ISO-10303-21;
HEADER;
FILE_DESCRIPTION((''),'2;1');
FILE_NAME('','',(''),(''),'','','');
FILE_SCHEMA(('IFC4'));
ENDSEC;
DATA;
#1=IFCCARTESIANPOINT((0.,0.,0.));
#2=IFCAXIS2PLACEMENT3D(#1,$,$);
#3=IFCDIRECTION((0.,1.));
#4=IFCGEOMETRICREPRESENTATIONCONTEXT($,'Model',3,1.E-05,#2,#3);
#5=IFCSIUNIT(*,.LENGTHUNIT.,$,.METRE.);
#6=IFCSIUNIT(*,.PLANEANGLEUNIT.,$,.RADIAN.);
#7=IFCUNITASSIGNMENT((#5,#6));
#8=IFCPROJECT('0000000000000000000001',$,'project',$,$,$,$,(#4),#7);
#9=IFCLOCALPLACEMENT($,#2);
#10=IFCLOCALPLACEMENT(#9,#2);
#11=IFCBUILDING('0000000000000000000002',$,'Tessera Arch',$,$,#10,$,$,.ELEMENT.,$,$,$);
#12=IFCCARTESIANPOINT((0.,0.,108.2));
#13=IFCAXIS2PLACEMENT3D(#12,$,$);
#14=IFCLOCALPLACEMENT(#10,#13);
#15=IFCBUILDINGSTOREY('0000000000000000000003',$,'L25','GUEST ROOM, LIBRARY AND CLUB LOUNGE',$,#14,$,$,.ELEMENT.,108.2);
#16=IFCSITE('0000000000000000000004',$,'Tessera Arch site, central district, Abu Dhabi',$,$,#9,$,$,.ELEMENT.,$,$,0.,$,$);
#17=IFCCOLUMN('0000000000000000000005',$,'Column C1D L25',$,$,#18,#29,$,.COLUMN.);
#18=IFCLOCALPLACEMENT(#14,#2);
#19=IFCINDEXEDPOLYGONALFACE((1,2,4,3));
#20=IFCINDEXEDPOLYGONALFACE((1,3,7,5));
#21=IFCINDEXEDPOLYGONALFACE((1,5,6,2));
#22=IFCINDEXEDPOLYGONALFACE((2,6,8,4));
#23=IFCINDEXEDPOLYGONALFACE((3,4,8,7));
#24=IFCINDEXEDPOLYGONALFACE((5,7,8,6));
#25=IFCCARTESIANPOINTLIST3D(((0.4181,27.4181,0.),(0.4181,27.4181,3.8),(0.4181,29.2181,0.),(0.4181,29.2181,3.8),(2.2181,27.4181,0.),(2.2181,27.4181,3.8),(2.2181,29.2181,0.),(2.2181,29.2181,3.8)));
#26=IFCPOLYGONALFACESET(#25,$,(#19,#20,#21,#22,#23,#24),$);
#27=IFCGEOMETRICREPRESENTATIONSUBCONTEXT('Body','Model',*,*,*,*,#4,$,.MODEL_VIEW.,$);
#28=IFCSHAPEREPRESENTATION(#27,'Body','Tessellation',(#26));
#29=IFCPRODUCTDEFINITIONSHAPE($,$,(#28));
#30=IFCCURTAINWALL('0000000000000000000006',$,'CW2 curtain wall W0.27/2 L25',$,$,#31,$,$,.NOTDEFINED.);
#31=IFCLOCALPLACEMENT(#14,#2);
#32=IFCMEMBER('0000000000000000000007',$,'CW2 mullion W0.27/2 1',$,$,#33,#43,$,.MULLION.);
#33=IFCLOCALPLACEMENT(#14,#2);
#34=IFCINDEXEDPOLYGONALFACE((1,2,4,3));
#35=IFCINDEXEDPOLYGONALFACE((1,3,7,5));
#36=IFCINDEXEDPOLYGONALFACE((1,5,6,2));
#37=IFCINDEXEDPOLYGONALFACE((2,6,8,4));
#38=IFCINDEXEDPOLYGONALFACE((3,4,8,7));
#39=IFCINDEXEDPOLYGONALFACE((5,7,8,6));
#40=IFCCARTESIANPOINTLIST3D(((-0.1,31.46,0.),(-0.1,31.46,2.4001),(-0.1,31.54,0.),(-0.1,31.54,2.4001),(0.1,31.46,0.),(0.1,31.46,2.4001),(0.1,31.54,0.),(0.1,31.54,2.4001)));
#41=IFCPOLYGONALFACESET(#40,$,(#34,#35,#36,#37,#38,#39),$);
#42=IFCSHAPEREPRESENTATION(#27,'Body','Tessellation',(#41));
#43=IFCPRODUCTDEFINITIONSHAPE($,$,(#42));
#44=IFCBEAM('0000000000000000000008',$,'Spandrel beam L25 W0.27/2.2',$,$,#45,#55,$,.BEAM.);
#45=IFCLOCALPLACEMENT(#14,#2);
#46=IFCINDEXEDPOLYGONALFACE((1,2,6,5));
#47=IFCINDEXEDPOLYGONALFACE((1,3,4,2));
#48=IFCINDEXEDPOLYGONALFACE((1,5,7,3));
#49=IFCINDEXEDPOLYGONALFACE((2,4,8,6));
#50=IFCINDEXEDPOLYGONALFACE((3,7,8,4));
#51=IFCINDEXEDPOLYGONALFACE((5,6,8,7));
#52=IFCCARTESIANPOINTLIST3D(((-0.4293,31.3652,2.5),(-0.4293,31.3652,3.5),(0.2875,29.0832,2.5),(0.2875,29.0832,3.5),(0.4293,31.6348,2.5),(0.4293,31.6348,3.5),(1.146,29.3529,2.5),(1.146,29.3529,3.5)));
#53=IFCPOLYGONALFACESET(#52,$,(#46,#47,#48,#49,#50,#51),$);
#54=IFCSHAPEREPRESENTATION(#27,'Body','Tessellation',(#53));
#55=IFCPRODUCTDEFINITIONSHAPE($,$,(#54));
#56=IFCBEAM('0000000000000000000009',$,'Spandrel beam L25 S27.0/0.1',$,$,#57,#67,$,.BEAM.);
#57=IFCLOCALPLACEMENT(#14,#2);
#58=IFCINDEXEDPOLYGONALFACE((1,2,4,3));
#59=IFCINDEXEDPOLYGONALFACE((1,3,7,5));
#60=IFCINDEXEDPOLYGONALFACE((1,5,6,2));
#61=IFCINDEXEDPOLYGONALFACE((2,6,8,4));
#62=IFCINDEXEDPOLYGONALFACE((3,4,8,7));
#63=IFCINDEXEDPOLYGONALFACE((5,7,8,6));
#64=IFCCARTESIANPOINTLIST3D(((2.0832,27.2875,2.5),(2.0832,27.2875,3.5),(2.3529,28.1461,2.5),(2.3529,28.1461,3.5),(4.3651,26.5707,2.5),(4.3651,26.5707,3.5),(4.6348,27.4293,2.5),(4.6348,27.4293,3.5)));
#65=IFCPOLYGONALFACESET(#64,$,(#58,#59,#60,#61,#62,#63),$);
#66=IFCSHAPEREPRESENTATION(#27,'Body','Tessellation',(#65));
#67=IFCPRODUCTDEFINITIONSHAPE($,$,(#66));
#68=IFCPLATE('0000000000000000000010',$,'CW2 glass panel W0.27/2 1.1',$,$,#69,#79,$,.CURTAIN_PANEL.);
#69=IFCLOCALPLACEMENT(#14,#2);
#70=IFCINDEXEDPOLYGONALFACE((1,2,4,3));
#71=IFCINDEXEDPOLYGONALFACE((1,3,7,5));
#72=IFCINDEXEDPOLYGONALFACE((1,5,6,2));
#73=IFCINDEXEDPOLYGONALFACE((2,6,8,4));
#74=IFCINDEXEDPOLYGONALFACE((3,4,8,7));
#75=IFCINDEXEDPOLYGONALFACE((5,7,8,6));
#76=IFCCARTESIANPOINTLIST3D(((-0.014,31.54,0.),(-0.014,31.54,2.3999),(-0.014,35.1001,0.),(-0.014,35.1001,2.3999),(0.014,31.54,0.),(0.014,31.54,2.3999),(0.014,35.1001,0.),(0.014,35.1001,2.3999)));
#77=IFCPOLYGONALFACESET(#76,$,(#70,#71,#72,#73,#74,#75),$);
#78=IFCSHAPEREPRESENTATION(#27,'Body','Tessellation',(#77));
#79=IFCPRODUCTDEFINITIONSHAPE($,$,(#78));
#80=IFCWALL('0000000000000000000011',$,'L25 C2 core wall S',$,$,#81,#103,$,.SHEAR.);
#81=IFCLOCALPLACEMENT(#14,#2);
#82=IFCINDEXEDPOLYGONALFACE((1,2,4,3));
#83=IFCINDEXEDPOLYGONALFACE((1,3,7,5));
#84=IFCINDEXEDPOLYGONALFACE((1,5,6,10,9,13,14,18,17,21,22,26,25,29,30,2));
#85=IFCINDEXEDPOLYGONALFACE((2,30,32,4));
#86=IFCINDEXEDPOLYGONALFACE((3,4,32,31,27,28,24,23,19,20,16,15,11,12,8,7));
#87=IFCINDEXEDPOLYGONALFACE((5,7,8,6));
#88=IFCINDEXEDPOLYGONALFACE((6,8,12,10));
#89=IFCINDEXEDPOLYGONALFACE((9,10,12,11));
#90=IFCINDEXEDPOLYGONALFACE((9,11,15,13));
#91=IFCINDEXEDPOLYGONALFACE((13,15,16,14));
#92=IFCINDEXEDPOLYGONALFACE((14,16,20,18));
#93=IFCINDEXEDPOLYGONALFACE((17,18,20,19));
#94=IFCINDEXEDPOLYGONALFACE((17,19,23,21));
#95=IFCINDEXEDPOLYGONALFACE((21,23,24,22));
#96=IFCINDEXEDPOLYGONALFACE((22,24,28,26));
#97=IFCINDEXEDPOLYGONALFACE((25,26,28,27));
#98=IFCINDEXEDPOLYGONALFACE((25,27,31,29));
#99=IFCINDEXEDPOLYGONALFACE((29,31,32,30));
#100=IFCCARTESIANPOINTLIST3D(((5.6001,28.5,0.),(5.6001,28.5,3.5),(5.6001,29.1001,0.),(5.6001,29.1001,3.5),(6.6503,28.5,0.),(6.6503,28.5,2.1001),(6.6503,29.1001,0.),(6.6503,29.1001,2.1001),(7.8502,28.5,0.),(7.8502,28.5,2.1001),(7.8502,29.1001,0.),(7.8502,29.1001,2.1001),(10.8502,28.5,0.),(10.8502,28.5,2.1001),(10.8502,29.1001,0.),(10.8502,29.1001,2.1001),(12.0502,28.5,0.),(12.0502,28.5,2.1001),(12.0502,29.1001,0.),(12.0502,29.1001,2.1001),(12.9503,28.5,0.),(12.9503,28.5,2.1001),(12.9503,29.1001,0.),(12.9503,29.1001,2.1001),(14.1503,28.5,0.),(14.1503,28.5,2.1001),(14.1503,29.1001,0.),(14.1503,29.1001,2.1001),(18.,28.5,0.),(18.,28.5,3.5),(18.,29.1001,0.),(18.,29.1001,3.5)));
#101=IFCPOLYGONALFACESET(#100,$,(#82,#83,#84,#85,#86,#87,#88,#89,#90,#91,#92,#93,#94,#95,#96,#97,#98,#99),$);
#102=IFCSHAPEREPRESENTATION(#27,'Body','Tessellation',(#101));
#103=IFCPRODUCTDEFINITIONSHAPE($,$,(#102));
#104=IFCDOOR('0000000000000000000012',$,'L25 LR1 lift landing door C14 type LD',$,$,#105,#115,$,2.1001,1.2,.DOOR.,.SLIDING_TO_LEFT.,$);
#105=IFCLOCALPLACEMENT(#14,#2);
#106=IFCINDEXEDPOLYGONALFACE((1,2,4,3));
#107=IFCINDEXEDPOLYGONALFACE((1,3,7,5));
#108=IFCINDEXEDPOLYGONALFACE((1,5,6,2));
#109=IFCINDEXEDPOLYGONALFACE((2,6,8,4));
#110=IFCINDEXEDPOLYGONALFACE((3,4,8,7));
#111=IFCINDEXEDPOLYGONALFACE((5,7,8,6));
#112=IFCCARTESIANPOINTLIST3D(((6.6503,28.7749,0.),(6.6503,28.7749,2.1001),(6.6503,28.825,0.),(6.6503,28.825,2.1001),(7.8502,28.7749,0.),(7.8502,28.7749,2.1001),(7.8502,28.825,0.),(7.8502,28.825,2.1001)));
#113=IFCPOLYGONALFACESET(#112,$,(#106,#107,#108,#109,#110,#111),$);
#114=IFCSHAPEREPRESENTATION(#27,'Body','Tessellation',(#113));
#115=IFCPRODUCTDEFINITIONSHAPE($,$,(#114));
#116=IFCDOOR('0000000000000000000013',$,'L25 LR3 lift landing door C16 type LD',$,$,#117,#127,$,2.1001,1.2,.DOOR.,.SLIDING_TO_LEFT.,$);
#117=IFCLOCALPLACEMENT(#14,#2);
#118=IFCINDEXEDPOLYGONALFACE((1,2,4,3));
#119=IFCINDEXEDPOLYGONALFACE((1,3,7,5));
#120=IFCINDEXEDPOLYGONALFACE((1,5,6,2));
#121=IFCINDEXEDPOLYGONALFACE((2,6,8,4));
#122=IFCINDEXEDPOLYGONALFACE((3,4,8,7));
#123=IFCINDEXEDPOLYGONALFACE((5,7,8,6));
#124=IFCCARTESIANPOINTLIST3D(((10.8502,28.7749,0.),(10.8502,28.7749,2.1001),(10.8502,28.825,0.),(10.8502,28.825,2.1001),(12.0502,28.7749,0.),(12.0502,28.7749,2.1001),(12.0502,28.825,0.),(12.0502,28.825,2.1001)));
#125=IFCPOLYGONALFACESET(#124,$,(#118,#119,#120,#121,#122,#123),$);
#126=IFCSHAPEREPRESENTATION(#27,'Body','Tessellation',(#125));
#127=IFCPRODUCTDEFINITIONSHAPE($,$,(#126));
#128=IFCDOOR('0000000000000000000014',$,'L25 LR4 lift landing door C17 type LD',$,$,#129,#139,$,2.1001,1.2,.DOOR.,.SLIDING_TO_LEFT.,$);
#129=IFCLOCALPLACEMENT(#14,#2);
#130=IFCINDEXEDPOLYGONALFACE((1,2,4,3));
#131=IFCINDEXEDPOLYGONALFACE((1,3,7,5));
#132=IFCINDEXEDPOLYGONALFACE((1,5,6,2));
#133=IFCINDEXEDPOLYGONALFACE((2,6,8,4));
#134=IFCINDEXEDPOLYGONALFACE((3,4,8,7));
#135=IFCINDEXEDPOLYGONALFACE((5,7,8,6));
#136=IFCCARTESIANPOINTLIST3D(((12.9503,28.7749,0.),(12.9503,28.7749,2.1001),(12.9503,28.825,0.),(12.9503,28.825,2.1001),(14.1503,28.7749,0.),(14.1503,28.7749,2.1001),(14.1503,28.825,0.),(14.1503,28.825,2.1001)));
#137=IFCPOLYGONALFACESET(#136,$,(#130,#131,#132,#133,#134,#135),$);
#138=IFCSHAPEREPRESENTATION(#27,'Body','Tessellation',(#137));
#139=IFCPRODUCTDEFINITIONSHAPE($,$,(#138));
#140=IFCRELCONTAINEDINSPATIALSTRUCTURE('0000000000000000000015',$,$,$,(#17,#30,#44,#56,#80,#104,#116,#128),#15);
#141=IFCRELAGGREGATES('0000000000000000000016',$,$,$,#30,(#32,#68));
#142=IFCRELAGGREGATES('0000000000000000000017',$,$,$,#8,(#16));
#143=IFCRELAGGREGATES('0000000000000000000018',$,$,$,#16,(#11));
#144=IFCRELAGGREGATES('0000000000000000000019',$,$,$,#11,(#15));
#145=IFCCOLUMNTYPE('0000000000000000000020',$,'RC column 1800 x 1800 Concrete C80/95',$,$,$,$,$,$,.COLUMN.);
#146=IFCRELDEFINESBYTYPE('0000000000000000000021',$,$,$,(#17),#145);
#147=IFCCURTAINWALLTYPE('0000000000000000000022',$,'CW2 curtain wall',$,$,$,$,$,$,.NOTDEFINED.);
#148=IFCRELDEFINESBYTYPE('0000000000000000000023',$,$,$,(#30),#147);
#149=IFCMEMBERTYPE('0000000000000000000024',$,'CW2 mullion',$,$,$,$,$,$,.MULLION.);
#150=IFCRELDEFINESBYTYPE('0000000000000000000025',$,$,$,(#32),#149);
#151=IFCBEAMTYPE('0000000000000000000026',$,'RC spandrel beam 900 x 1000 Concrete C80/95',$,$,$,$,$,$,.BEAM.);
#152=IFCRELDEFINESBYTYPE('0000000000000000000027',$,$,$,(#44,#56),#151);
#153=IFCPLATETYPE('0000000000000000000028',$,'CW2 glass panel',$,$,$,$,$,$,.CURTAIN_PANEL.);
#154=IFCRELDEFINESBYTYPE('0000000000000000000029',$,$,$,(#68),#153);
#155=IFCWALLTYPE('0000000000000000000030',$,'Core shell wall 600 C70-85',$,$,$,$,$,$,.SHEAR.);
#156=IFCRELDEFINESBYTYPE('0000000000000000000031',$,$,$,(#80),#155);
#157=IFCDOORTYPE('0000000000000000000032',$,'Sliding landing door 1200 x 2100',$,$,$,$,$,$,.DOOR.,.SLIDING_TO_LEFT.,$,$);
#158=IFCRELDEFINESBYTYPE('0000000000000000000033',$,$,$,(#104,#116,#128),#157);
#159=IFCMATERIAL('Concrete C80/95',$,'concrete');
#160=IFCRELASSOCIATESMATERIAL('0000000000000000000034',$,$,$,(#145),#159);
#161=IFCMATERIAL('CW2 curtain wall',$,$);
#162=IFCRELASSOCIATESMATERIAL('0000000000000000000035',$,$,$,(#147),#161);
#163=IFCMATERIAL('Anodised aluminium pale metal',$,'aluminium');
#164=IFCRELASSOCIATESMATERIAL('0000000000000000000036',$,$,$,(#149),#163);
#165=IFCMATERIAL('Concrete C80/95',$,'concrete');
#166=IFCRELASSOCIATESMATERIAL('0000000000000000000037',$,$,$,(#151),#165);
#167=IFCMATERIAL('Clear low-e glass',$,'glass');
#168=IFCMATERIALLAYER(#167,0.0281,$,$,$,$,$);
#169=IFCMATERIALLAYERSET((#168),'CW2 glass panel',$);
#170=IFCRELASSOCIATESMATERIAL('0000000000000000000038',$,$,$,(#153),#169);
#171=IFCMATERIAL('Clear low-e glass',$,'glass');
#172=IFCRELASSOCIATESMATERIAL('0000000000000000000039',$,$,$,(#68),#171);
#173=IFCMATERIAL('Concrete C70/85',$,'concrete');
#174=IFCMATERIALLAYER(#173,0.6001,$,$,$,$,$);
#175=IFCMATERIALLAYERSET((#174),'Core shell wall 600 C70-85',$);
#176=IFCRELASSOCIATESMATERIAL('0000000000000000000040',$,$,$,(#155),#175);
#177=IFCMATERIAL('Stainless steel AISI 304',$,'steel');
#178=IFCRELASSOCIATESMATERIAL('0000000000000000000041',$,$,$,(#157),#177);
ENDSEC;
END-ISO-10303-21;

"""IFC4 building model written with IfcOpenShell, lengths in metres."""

from ifc_helpers import new_model, si_unit, direction, frame, frame_2d, origin, origin_2d, place, context, subcontext, project, spatial, rectangle, extrude, material, layer, layer_set, material_profile, profile_set, type_object, element, fill, aggregate, save


model = new_model("IFC4")

# Units and contexts
model_context = context("Model", 3, precision=1e-05, world=origin(), true_north=direction((0.0, 1.0)))
body_context = subcontext(model_context, "Body", "Model", "MODEL_VIEW")
ifc_project = project(units=[si_unit("LENGTHUNIT", "METRE"), si_unit("PLANEANGLEUNIT", "RADIAN")], contexts=[model_context])

# Site, building, storey
site_placement = place(None, origin())
site = spatial("IfcSite", under=ifc_project, at=site_placement, Name="Tessera Arch site, central district, Abu Dhabi", CompositionType="ELEMENT", RefElevation=0.0)
building_placement = place(site_placement, origin())
building = spatial("IfcBuilding", under=site, at=building_placement, Name="Tessera Arch", CompositionType="ELEMENT")
storey_placement = place(building_placement, frame((0.0, 0.0, 108.2)))
storey = spatial("IfcBuildingStorey", under=building, at=storey_placement, Name="L25", Description="GUEST ROOM, LIBRARY AND CLUB LOUNGE", CompositionType="ELEMENT", Elevation=108.2)

# Column
ifc_material_1 = material(Name="Concrete C80/95", Category="concrete")
ifc_material_profile_1 = material_profile(ifc_material_1, rectangle(XDim=1.8, YDim=1.8, at=origin_2d()), Name="RC column 1800 x 1800 Concrete C80/95")
ifc_profile_set_1 = profile_set([ifc_material_profile_1], Name="Concrete C80/95")
column_type = type_object("IfcColumnType", Name="RC column 1800 x 1800 Concrete C80/95", PredefinedType="COLUMN", material=ifc_profile_set_1)
column_placement = place(storey_placement, frame((1.3181, 28.3181, 0.0), z_axis=(0.0, 0.0, 1.0), x_axis=(1.0, 0.0, 0.0)))
element("IfcColumn", 1, at=column_placement, inside=storey, type_object=column_type, Name="Column C1D L25", PredefinedType="COLUMN", context=body_context, shape_type="SweptSolid", body=[
    extrude(rectangle(XDim=1.8, YDim=1.8, at=origin_2d()), origin(), (0.0, 0.0, 1.0), 3.8),
])

# Curtain wall, member
ifc_material_2 = material(Name="CW2 curtain wall")
curtain_wall_type = type_object("IfcCurtainWallType", Name="CW2 curtain wall", PredefinedType="NOTDEFINED", material=ifc_material_2)
curtain_wall_placement = place(storey_placement, origin())
curtain_wall = element("IfcCurtainWall", 2, at=curtain_wall_placement, inside=storey, type_object=curtain_wall_type, Name="CW2 curtain wall W0.27/2 L25", PredefinedType="NOTDEFINED")
ifc_material_3 = material(Name="Anodised aluminium pale metal", Category="aluminium")
ifc_material_profile_2 = material_profile(ifc_material_3, rectangle(XDim=0.2, YDim=0.0801, at=origin_2d()), Name="AL 80x200")
ifc_profile_set_2 = profile_set([ifc_material_profile_2], Name="Anodised aluminium pale metal")
member_type = type_object("IfcMemberType", Name="CW2 mullion", PredefinedType="MULLION", material=ifc_profile_set_2)
member_placement = place(storey_placement, frame((0.0, 31.5, 0.0), z_axis=(0.0, 0.0, 1.0), x_axis=(1.0, 0.0, 0.0)))
member = element("IfcMember", 3, at=member_placement, type_object=member_type, Name="CW2 mullion W0.27/2 1", PredefinedType="MULLION", context=body_context, shape_type="SweptSolid", body=[
    extrude(rectangle(XDim=0.2, YDim=0.0801, at=origin_2d()), origin(), (0.0, 0.0, 1.0), 2.4001),
])

# Beams
ifc_material_4 = material(Name="Concrete C80/95", Category="concrete")
ifc_material_profile_3 = material_profile(ifc_material_4, rectangle(XDim=0.8999, YDim=1.0, at=origin_2d()), Name="RC spandrel beam 900 x 1000 Concrete C80/95")
ifc_profile_set_3 = profile_set([ifc_material_profile_3], Name="Concrete C80/95")
beam_type = type_object("IfcBeamType", Name="RC spandrel beam 900 x 1000 Concrete C80/95", PredefinedType="BEAM", material=ifc_profile_set_3)
for number, where, z_axis, x_axis, name in (
    (4, (0.0, 31.5, 3.0), (0.299675, -0.954041, 0.0), (0.954041, 0.299675, 0.0), "Spandrel beam L25 W0.27/2.2"),
    (5, (2.218, 27.7168, 3.0), (0.954041, -0.299675, 0.0), (0.299675, 0.954041, 0.0), "Spandrel beam L25 S27.0/0.1"),
):
    element("IfcBeam", number, at=place(storey_placement, frame(where, z_axis=z_axis, x_axis=x_axis)), inside=storey, type_object=beam_type, Name=name, PredefinedType="BEAM", context=body_context, shape_type="SweptSolid", body=[
        extrude(rectangle(XDim=0.8999, YDim=1.0, at=origin_2d()), origin(), (0.0, 0.0, 1.0), 2.3918),
    ])

# Plate
ifc_material_5 = material(Name="Clear low-e glass", Category="glass")
ifc_material_6 = material(Name="Clear low-e glass", Category="glass")
ifc_layer_1 = layer(ifc_material_6, 0.0281)
ifc_layer_set_1 = layer_set([ifc_layer_1], Name="CW2 glass panel")
plate_type = type_object("IfcPlateType", Name="CW2 glass panel", PredefinedType="CURTAIN_PANEL", material=ifc_layer_set_1)
plate_placement = place(storey_placement, frame((0.0, 33.3201, 0.0), z_axis=(0.0, 0.0, 1.0), x_axis=(0.0, -1.0, 0.0)))
plate = element("IfcPlate", 6, at=plate_placement, type_object=plate_type, material=ifc_material_5, Name="CW2 glass panel W0.27/2 1.1", PredefinedType="CURTAIN_PANEL", context=body_context, shape_type="SweptSolid", body=[
    extrude(rectangle(XDim=3.5601, YDim=0.0281, at=origin_2d()), origin(), (0.0, 0.0, 1.0), 2.3999),
])
aggregate(curtain_wall, [member, plate])

# Wall, openings, doors
ifc_material_7 = material(Name="Concrete C70/85", Category="concrete")
ifc_layer_2 = layer(ifc_material_7, 0.6001)
ifc_layer_set_2 = layer_set([ifc_layer_2], Name="Core shell wall 600 C70-85")
wall_type_1 = type_object("IfcWallType", Name="Core shell wall 600 C70-85", PredefinedType="SHEAR", material=ifc_layer_set_2)
wall_1_placement = place(storey_placement, frame((5.6001, 28.8, 0.0), z_axis=(0.0, 0.0, 1.0), x_axis=(1.0, 0.0, 0.0)))
wall_1 = element("IfcWall", 7, at=wall_1_placement, inside=storey, type_object=wall_type_1, Name="L25 C2 core wall S", PredefinedType="SHEAR", context=body_context, shape_type="SweptSolid", body=[
    extrude(rectangle(XDim=12.3999, YDim=0.6001, at=frame_2d((6.2, 0.0))), origin(), (0.0, 0.0, 1.0), 3.5),
])
opening_1_placement = place(wall_1_placement, frame((1.05, 0.0, 0.0)))
opening_1 = element("IfcOpeningElement", 8, at=opening_1_placement, cuts=wall_1, PredefinedType="OPENING", context=body_context, shape_type="SweptSolid", body=[
    extrude(rectangle(XDim=1.2, YDim=2.1001, at=frame_2d((0.6001, 1.05))), frame((0.0, 0.3101, 0.0), z_axis=(0.0, -1.0, 0.0), x_axis=(1.0, 0.0, 0.0)), (0.0, 0.0, 1.0), 0.6201),
])
opening_2_placement = place(wall_1_placement, frame((5.25, 0.0, 0.0)))
opening_2 = element("IfcOpeningElement", 9, at=opening_2_placement, cuts=wall_1, PredefinedType="OPENING", context=body_context, shape_type="SweptSolid", body=[
    extrude(rectangle(XDim=1.2, YDim=2.1001, at=frame_2d((0.6001, 1.05))), frame((0.0, 0.3101, 0.0), z_axis=(0.0, -1.0, 0.0), x_axis=(1.0, 0.0, 0.0)), (0.0, 0.0, 1.0), 0.6201),
])
opening_3_placement = place(wall_1_placement, frame((7.3501, 0.0, 0.0)))
opening_3 = element("IfcOpeningElement", 10, at=opening_3_placement, cuts=wall_1, PredefinedType="OPENING", context=body_context, shape_type="SweptSolid", body=[
    extrude(rectangle(XDim=1.2, YDim=2.1001, at=frame_2d((0.6001, 1.05))), frame((0.0, 0.3101, 0.0), z_axis=(0.0, -1.0, 0.0), x_axis=(1.0, 0.0, 0.0)), (0.0, 0.0, 1.0), 0.6201),
])
ifc_material_8 = material(Name="Stainless steel AISI 304", Category="steel")
door_type_1 = type_object("IfcDoorType", Name="Sliding landing door 1200 x 2100", OperationType="SLIDING_TO_LEFT", PredefinedType="DOOR", material=ifc_material_8)
door_1_placement = place(opening_1_placement, origin())
door_1 = element("IfcDoor", 11, at=door_1_placement, inside=storey, type_object=door_type_1, Name="L25 LR1 lift landing door C14 type LD", OperationType="SLIDING_TO_LEFT", OverallHeight=2.1001, OverallWidth=1.2, PredefinedType="DOOR", context=body_context, shape_type="SweptSolid", body=[
    extrude(rectangle(XDim=1.2, YDim=2.1001, at=frame_2d((0.6001, 1.05))), frame((0.0, 0.0249, 0.0), z_axis=(0.0, -1.0, 0.0), x_axis=(1.0, 0.0, 0.0)), (0.0, 0.0, 1.0), 0.05),
])
fill(opening_1, door_1)
door_2_placement = place(opening_2_placement, origin())
door_2 = element("IfcDoor", 12, at=door_2_placement, inside=storey, type_object=door_type_1, Name="L25 LR3 lift landing door C16 type LD", OperationType="SLIDING_TO_LEFT", OverallHeight=2.1001, OverallWidth=1.2, PredefinedType="DOOR", context=body_context, shape_type="SweptSolid", body=[
    extrude(rectangle(XDim=1.2, YDim=2.1001, at=frame_2d((0.6001, 1.05))), frame((0.0, 0.0249, 0.0), z_axis=(0.0, -1.0, 0.0), x_axis=(1.0, 0.0, 0.0)), (0.0, 0.0, 1.0), 0.05),
])
fill(opening_2, door_2)
door_3_placement = place(opening_3_placement, origin())
door_3 = element("IfcDoor", 13, at=door_3_placement, inside=storey, type_object=door_type_1, Name="L25 LR4 lift landing door C17 type LD", OperationType="SLIDING_TO_LEFT", OverallHeight=2.1001, OverallWidth=1.2, PredefinedType="DOOR", context=body_context, shape_type="SweptSolid", body=[
    extrude(rectangle(XDim=1.2, YDim=2.1001, at=frame_2d((0.6001, 1.05))), frame((0.0, 0.0249, 0.0), z_axis=(0.0, -1.0, 0.0), x_axis=(1.0, 0.0, 0.0)), (0.0, 0.0, 1.0), 0.05),
])
fill(opening_3, door_3)

save(model, "model.ifc")
